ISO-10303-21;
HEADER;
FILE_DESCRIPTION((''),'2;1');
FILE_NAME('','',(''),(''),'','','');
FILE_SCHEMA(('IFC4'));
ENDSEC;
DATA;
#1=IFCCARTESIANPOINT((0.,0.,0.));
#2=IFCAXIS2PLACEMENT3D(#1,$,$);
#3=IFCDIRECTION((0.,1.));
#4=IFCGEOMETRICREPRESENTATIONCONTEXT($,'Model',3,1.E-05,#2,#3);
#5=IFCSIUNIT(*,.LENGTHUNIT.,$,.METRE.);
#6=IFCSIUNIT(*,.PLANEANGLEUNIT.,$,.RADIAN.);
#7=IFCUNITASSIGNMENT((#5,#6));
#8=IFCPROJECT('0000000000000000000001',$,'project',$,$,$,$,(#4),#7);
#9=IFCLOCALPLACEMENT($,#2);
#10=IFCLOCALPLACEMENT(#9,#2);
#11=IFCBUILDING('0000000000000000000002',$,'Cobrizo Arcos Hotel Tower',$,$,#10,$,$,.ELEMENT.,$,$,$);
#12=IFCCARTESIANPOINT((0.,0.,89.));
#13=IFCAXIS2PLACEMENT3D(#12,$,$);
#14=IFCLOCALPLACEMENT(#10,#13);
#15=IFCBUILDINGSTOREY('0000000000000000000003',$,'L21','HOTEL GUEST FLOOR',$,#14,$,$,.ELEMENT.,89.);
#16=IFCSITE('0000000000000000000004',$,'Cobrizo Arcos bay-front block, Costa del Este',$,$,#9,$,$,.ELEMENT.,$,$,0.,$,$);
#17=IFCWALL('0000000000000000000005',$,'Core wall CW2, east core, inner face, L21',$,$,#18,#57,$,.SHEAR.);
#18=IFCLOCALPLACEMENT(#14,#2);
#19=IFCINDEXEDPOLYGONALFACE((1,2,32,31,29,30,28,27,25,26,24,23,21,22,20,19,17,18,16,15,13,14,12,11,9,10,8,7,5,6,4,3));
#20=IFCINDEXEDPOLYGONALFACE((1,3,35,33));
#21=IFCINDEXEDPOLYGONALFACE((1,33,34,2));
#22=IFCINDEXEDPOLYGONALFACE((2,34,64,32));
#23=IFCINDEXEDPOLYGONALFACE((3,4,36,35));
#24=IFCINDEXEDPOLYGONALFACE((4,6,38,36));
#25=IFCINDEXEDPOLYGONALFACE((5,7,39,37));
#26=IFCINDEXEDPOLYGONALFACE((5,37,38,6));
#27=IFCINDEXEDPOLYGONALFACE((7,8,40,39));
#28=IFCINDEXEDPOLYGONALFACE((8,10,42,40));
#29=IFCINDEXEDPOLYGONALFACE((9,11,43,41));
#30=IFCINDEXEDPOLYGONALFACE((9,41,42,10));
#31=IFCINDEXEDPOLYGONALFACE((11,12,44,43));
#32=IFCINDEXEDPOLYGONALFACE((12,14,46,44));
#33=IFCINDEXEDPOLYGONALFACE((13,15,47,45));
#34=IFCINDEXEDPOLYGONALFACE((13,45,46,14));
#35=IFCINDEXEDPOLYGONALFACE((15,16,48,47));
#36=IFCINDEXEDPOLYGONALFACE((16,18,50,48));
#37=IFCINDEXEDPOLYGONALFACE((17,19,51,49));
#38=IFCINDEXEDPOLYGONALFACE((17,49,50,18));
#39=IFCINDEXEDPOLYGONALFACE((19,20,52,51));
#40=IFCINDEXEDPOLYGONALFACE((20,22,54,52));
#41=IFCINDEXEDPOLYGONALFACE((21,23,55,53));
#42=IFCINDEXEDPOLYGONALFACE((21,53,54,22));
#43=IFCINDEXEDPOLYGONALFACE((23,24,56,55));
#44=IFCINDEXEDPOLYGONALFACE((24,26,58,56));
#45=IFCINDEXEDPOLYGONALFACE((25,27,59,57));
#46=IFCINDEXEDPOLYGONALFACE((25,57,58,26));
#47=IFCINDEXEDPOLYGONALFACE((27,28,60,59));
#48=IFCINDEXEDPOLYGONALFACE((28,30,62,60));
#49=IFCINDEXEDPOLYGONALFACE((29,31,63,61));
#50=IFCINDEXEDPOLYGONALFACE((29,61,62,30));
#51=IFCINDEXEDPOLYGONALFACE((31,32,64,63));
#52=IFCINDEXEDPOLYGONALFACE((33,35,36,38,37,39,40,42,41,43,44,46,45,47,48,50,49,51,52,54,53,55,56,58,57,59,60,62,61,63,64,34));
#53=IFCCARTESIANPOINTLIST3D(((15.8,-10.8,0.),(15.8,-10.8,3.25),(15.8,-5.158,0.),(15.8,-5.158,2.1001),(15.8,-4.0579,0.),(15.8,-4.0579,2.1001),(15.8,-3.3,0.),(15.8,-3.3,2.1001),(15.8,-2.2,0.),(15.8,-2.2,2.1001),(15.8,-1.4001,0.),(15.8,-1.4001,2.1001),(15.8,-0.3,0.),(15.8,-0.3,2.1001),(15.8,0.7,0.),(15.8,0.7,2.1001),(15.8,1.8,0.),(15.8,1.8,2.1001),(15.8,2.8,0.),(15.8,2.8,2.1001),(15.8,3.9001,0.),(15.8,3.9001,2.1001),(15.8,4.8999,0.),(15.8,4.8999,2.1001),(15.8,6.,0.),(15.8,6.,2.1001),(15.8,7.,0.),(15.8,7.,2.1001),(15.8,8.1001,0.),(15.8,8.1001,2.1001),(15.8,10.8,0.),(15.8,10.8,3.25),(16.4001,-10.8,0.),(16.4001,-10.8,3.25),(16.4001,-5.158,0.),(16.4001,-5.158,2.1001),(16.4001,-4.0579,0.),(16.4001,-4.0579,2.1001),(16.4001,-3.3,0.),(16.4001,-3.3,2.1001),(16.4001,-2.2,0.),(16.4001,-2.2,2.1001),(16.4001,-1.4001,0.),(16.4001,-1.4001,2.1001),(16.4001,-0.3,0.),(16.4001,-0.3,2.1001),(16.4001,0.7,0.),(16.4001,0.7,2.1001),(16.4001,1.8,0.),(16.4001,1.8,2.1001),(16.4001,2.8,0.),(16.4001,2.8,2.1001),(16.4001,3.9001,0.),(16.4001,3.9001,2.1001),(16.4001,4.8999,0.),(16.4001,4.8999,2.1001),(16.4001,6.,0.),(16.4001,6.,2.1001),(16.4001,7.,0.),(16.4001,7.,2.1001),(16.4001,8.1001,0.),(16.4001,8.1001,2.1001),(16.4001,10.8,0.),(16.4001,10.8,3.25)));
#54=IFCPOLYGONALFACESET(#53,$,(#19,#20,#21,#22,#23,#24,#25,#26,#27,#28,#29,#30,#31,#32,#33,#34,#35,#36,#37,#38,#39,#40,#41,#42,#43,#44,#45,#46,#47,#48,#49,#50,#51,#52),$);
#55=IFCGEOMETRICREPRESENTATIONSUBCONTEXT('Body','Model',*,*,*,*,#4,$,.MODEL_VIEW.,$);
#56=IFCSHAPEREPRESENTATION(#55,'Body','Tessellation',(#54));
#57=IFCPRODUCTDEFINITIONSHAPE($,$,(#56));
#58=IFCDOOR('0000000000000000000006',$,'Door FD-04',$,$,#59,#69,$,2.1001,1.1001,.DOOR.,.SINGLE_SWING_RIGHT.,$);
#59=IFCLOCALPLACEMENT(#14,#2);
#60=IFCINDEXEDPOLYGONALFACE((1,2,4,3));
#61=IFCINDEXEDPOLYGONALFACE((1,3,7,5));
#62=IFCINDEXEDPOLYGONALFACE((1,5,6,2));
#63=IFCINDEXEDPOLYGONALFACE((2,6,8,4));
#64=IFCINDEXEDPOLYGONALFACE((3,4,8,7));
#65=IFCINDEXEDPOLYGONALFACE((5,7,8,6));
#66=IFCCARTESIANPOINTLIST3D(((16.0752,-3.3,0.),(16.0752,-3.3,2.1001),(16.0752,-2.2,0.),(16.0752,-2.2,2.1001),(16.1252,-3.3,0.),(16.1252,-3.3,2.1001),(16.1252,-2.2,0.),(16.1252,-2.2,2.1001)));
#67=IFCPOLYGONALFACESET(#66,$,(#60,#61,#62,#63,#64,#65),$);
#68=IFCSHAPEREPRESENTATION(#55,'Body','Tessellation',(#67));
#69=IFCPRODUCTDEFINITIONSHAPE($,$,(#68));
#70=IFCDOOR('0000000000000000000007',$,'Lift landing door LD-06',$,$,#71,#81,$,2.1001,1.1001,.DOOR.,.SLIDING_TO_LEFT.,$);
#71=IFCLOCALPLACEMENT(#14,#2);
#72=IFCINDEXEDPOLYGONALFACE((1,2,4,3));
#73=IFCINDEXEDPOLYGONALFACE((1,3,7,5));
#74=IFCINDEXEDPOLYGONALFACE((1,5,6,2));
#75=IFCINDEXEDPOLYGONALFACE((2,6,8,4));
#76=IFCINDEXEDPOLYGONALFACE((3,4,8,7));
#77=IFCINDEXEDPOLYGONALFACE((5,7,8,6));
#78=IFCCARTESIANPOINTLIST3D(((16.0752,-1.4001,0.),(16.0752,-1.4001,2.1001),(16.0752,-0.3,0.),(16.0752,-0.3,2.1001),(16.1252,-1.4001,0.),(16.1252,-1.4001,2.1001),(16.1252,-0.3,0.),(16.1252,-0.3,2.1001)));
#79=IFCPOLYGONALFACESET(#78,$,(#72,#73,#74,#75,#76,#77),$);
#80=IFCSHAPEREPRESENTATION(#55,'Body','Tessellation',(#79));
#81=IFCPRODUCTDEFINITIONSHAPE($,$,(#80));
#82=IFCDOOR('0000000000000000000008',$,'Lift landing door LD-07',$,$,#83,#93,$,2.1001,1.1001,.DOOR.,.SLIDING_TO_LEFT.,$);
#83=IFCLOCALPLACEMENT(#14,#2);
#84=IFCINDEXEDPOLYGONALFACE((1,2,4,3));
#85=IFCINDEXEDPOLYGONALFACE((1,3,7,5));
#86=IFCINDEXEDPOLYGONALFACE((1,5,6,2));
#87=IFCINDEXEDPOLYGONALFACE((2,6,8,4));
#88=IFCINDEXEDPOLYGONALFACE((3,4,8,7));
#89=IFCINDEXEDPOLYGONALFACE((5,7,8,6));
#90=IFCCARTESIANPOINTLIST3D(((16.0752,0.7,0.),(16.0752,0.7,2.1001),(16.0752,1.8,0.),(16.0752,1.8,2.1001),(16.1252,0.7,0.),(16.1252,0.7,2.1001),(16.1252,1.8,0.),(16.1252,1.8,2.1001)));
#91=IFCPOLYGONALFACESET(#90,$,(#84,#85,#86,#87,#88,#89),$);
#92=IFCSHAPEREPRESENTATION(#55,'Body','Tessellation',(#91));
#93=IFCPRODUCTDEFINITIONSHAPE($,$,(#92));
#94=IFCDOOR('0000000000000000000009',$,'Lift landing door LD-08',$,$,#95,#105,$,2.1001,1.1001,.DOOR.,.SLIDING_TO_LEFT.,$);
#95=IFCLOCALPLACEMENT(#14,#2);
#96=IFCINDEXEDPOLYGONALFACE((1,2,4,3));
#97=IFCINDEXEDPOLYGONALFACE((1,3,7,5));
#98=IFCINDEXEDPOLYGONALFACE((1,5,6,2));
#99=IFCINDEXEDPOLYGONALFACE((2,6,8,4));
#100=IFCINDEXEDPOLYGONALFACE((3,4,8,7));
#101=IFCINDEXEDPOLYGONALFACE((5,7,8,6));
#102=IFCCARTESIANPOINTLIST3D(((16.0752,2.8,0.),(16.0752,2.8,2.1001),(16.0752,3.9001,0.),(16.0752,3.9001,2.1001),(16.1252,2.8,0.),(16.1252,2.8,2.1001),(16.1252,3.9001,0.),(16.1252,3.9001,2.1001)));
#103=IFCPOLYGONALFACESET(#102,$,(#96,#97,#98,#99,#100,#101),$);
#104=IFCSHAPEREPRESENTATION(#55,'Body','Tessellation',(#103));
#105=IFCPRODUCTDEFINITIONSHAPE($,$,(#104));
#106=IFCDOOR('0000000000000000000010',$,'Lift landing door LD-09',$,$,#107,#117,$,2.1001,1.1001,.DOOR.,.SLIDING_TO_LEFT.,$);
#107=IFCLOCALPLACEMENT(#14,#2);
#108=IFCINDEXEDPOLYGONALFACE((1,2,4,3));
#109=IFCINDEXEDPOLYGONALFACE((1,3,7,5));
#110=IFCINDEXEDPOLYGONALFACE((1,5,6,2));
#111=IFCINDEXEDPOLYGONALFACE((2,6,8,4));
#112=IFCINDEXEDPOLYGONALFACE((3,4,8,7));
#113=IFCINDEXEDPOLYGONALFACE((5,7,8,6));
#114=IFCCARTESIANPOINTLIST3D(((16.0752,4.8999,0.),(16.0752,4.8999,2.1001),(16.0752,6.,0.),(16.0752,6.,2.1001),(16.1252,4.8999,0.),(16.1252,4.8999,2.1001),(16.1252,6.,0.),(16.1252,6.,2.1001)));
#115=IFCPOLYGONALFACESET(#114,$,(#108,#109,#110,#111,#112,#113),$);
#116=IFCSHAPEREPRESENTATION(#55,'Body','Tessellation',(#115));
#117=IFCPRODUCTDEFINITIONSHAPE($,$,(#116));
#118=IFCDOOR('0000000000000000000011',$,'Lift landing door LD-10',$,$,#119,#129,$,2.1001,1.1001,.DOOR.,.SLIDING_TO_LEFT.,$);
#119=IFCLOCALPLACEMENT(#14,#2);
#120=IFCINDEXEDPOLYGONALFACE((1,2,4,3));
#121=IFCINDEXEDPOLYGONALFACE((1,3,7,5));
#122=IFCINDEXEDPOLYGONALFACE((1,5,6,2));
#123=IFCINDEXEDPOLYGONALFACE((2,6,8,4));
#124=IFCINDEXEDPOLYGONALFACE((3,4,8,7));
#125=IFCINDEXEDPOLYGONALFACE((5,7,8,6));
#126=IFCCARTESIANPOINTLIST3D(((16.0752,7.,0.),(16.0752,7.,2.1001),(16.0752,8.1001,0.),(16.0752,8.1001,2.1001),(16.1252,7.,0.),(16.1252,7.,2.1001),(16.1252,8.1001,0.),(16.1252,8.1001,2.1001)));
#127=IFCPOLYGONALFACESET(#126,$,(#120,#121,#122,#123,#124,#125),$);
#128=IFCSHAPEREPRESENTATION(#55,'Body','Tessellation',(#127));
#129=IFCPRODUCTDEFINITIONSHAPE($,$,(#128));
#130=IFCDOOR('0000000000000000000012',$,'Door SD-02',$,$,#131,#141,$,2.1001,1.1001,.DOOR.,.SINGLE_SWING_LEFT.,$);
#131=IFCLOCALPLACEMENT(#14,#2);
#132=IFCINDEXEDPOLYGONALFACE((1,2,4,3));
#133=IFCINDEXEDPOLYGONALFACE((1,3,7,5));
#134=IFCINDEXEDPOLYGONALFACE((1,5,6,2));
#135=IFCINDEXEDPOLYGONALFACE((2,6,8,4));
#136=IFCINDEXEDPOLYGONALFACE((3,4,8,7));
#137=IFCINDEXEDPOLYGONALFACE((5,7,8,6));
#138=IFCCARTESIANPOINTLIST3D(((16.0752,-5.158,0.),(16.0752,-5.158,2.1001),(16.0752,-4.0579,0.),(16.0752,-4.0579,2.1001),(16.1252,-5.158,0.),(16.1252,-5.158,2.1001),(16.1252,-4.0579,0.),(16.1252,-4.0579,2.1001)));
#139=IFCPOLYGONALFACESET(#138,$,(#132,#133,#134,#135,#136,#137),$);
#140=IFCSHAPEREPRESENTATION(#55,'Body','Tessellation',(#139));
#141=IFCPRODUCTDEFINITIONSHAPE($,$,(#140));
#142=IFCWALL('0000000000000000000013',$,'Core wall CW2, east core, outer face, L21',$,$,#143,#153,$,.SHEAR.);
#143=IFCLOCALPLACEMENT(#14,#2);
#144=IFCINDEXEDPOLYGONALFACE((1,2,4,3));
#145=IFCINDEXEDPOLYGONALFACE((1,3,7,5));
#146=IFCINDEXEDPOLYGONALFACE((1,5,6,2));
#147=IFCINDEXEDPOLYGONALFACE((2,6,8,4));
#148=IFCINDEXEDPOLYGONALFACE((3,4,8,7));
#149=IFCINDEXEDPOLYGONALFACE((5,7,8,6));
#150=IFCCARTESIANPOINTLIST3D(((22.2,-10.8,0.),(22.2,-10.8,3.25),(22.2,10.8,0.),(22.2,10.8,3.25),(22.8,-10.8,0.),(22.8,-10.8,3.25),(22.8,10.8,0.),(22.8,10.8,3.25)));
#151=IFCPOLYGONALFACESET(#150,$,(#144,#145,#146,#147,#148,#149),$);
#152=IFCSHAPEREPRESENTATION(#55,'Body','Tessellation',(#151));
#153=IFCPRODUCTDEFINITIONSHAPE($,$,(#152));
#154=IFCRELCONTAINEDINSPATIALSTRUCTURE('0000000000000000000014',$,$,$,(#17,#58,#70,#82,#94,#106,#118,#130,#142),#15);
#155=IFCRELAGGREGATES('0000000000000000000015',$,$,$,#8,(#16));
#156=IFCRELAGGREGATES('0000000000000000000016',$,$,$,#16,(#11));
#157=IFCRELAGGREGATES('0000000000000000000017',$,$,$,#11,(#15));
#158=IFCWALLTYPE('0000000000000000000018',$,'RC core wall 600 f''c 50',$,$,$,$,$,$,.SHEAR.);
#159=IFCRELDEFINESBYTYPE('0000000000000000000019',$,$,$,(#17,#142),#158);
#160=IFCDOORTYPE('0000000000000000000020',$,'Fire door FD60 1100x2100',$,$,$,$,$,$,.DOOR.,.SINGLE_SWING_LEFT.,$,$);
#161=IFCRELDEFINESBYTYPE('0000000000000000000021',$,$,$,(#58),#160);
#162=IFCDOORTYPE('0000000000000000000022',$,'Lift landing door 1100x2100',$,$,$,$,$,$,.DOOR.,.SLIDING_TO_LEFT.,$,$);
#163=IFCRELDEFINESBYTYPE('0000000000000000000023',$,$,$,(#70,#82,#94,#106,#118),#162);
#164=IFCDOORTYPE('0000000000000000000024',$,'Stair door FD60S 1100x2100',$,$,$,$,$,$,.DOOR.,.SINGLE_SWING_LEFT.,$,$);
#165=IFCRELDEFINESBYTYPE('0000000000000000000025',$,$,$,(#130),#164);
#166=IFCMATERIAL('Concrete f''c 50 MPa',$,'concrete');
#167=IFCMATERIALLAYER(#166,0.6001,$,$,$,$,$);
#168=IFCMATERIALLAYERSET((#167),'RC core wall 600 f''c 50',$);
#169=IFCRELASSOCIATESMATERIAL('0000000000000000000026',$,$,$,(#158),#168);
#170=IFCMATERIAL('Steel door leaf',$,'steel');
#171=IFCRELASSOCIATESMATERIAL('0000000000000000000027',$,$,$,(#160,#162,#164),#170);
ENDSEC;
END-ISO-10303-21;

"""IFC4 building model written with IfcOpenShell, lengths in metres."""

from ifc_helpers import new_model, si_unit, direction, frame, frame_2d, origin, place, context, subcontext, project, spatial, rectangle, extrude, material, layer, layer_set, type_object, element, fill, save


model = new_model("IFC4")

# Units and contexts
model_context = context("Model", 3, precision=1e-05, world=origin(), true_north=direction((0.0, 1.0)))
body_context = subcontext(model_context, "Body", "Model", "MODEL_VIEW")
ifc_project = project(units=[si_unit("LENGTHUNIT", "METRE"), si_unit("PLANEANGLEUNIT", "RADIAN")], contexts=[model_context])

# Site, building, storey
site_placement = place(None, origin())
site = spatial("IfcSite", under=ifc_project, at=site_placement, Name="Cobrizo Arcos bay-front block, Costa del Este", CompositionType="ELEMENT", RefElevation=0.0)
building_placement = place(site_placement, origin())
building = spatial("IfcBuilding", under=site, at=building_placement, Name="Cobrizo Arcos Hotel Tower", CompositionType="ELEMENT")
storey_placement = place(building_placement, frame((0.0, 0.0, 89.0)))
storey = spatial("IfcBuildingStorey", under=building, at=storey_placement, Name="L21", Description="HOTEL GUEST FLOOR", CompositionType="ELEMENT", Elevation=89.0)

# Wall, openings, doors
ifc_material_1 = material(Name="Concrete f'c 50 MPa", Category="concrete")
ifc_layer_1 = layer(ifc_material_1, 0.6001)
ifc_layer_set_1 = layer_set([ifc_layer_1], Name="RC core wall 600 f'c 50")
wall_type_1 = type_object("IfcWallType", Name="RC core wall 600 f'c 50", PredefinedType="SHEAR", material=ifc_layer_set_1)
wall_1_placement = place(storey_placement, frame((16.1001, -10.8, 0.0), z_axis=(0.0, 0.0, 1.0), x_axis=(0.0, 1.0, 0.0)))
wall_1 = element("IfcWall", 1, at=wall_1_placement, inside=storey, type_object=wall_type_1, Name="Core wall CW2, east core, inner face, L21", PredefinedType="SHEAR", context=body_context, shape_type="SweptSolid", body=[
    extrude(rectangle(XDim=21.6001, YDim=0.6001, at=frame_2d((10.8, 0.0))), origin(), (0.0, 0.0, 1.0), 3.25),
])
opening_1_placement = place(wall_1_placement, frame((9.3999, 0.0, 0.0)))
opening_1 = element("IfcOpeningElement", 2, at=opening_1_placement, cuts=wall_1, PredefinedType="OPENING", context=body_context, shape_type="SweptSolid", body=[
    extrude(rectangle(XDim=1.1001, YDim=2.1001, at=frame_2d((0.55, 1.05))), frame((0.0, 0.312, 0.0), z_axis=(0.0, -1.0, 0.0), x_axis=(1.0, 0.0, 0.0)), (0.0, 0.0, 1.0), 0.624),
])
opening_2_placement = place(wall_1_placement, frame((11.5, 0.0, 0.0)))
opening_2 = element("IfcOpeningElement", 3, at=opening_2_placement, cuts=wall_1, PredefinedType="OPENING", context=body_context, shape_type="SweptSolid", body=[
    extrude(rectangle(XDim=1.1001, YDim=2.1001, at=frame_2d((0.55, 1.05))), frame((0.0, 0.312, 0.0), z_axis=(0.0, -1.0, 0.0), x_axis=(1.0, 0.0, 0.0)), (0.0, 0.0, 1.0), 0.624),
])
opening_3_placement = place(wall_1_placement, frame((13.6001, 0.0, 0.0)))
opening_3 = element("IfcOpeningElement", 4, at=opening_3_placement, cuts=wall_1, PredefinedType="OPENING", context=body_context, shape_type="SweptSolid", body=[
    extrude(rectangle(XDim=1.1001, YDim=2.1001, at=frame_2d((0.55, 1.05))), frame((0.0, 0.312, 0.0), z_axis=(0.0, -1.0, 0.0), x_axis=(1.0, 0.0, 0.0)), (0.0, 0.0, 1.0), 0.624),
])
opening_4_placement = place(wall_1_placement, frame((15.7, 0.0, 0.0)))
opening_4 = element("IfcOpeningElement", 5, at=opening_4_placement, cuts=wall_1, PredefinedType="OPENING", context=body_context, shape_type="SweptSolid", body=[
    extrude(rectangle(XDim=1.1001, YDim=2.1001, at=frame_2d((0.55, 1.05))), frame((0.0, 0.312, 0.0), z_axis=(0.0, -1.0, 0.0), x_axis=(1.0, 0.0, 0.0)), (0.0, 0.0, 1.0), 0.624),
])
opening_5_placement = place(wall_1_placement, frame((17.8, 0.0, 0.0)))
opening_5 = element("IfcOpeningElement", 6, at=opening_5_placement, cuts=wall_1, PredefinedType="OPENING", context=body_context, shape_type="SweptSolid", body=[
    extrude(rectangle(XDim=1.1001, YDim=2.1001, at=frame_2d((0.55, 1.05))), frame((0.0, 0.312, 0.0), z_axis=(0.0, -1.0, 0.0), x_axis=(1.0, 0.0, 0.0)), (0.0, 0.0, 1.0), 0.624),
])
opening_6_placement = place(wall_1_placement, frame((5.6421, 0.0, 0.0)))
opening_6 = element("IfcOpeningElement", 7, at=opening_6_placement, cuts=wall_1, PredefinedType="OPENING", context=body_context, shape_type="SweptSolid", body=[
    extrude(rectangle(XDim=1.1001, YDim=2.1001, at=frame_2d((0.55, 1.05))), frame((0.0, 0.312, 0.0), z_axis=(0.0, -1.0, 0.0), x_axis=(1.0, 0.0, 0.0)), (0.0, 0.0, 1.0), 0.624),
])
opening_7_placement = place(wall_1_placement, frame((7.5, 0.0, 0.0)))
opening_7 = element("IfcOpeningElement", 8, at=opening_7_placement, cuts=wall_1, PredefinedType="OPENING", context=body_context, shape_type="SweptSolid", body=[
    extrude(rectangle(XDim=1.1001, YDim=2.1001, at=frame_2d((0.55, 1.05))), frame((0.0, 0.312, 0.0), z_axis=(0.0, -1.0, 0.0), x_axis=(1.0, 0.0, 0.0)), (0.0, 0.0, 1.0), 0.624),
])
ifc_material_2 = material(Name="Steel door leaf", Category="steel")
door_type_1 = type_object("IfcDoorType", Name="Fire door FD60 1100x2100", OperationType="SINGLE_SWING_LEFT", PredefinedType="DOOR", material=ifc_material_2)
door_1_placement = place(opening_7_placement, origin())
door_1 = element("IfcDoor", 9, at=door_1_placement, inside=storey, type_object=door_type_1, Name="Door FD-04", OperationType="SINGLE_SWING_RIGHT", OverallHeight=2.1001, OverallWidth=1.1001, PredefinedType="DOOR", context=body_context, shape_type="SweptSolid", body=[
    extrude(rectangle(XDim=1.1001, YDim=2.1001, at=frame_2d((0.55, 1.05))), frame((0.0, 0.0249, 0.0), z_axis=(0.0, -1.0, 0.0), x_axis=(1.0, 0.0, 0.0)), (0.0, 0.0, 1.0), 0.05),
])
fill(opening_7, door_1)
door_type_2 = type_object("IfcDoorType", Name="Lift landing door 1100x2100", OperationType="SLIDING_TO_LEFT", PredefinedType="DOOR", material=ifc_material_2)
door_2_placement = place(opening_1_placement, origin())
door_2 = element("IfcDoor", 10, at=door_2_placement, inside=storey, type_object=door_type_2, Name="Lift landing door LD-06", OperationType="SLIDING_TO_LEFT", OverallHeight=2.1001, OverallWidth=1.1001, PredefinedType="DOOR", context=body_context, shape_type="SweptSolid", body=[
    extrude(rectangle(XDim=1.1001, YDim=2.1001, at=frame_2d((0.55, 1.05))), frame((0.0, 0.0249, 0.0), z_axis=(0.0, -1.0, 0.0), x_axis=(1.0, 0.0, 0.0)), (0.0, 0.0, 1.0), 0.05),
])
fill(opening_1, door_2)
door_3_placement = place(opening_2_placement, origin())
door_3 = element("IfcDoor", 11, at=door_3_placement, inside=storey, type_object=door_type_2, Name="Lift landing door LD-07", OperationType="SLIDING_TO_LEFT", OverallHeight=2.1001, OverallWidth=1.1001, PredefinedType="DOOR", context=body_context, shape_type="SweptSolid", body=[
    extrude(rectangle(XDim=1.1001, YDim=2.1001, at=frame_2d((0.55, 1.05))), frame((0.0, 0.0249, 0.0), z_axis=(0.0, -1.0, 0.0), x_axis=(1.0, 0.0, 0.0)), (0.0, 0.0, 1.0), 0.05),
])
fill(opening_2, door_3)
door_4_placement = place(opening_3_placement, origin())
door_4 = element("IfcDoor", 12, at=door_4_placement, inside=storey, type_object=door_type_2, Name="Lift landing door LD-08", OperationType="SLIDING_TO_LEFT", OverallHeight=2.1001, OverallWidth=1.1001, PredefinedType="DOOR", context=body_context, shape_type="SweptSolid", body=[
    extrude(rectangle(XDim=1.1001, YDim=2.1001, at=frame_2d((0.55, 1.05))), frame((0.0, 0.0249, 0.0), z_axis=(0.0, -1.0, 0.0), x_axis=(1.0, 0.0, 0.0)), (0.0, 0.0, 1.0), 0.05),
])
fill(opening_3, door_4)
door_5_placement = place(opening_4_placement, origin())
door_5 = element("IfcDoor", 13, at=door_5_placement, inside=storey, type_object=door_type_2, Name="Lift landing door LD-09", OperationType="SLIDING_TO_LEFT", OverallHeight=2.1001, OverallWidth=1.1001, PredefinedType="DOOR", context=body_context, shape_type="SweptSolid", body=[
    extrude(rectangle(XDim=1.1001, YDim=2.1001, at=frame_2d((0.55, 1.05))), frame((0.0, 0.0249, 0.0), z_axis=(0.0, -1.0, 0.0), x_axis=(1.0, 0.0, 0.0)), (0.0, 0.0, 1.0), 0.05),
])
fill(opening_4, door_5)
door_6_placement = place(opening_5_placement, origin())
door_6 = element("IfcDoor", 14, at=door_6_placement, inside=storey, type_object=door_type_2, Name="Lift landing door LD-10", OperationType="SLIDING_TO_LEFT", OverallHeight=2.1001, OverallWidth=1.1001, PredefinedType="DOOR", context=body_context, shape_type="SweptSolid", body=[
    extrude(rectangle(XDim=1.1001, YDim=2.1001, at=frame_2d((0.55, 1.05))), frame((0.0, 0.0249, 0.0), z_axis=(0.0, -1.0, 0.0), x_axis=(1.0, 0.0, 0.0)), (0.0, 0.0, 1.0), 0.05),
])
fill(opening_5, door_6)
door_type_3 = type_object("IfcDoorType", Name="Stair door FD60S 1100x2100", OperationType="SINGLE_SWING_LEFT", PredefinedType="DOOR", material=ifc_material_2)
door_7_placement = place(opening_6_placement, origin())
door_7 = element("IfcDoor", 15, at=door_7_placement, inside=storey, type_object=door_type_3, Name="Door SD-02", OperationType="SINGLE_SWING_LEFT", OverallHeight=2.1001, OverallWidth=1.1001, PredefinedType="DOOR", context=body_context, shape_type="SweptSolid", body=[
    extrude(rectangle(XDim=1.1001, YDim=2.1001, at=frame_2d((0.55, 1.05))), frame((0.0, 0.0249, 0.0), z_axis=(0.0, -1.0, 0.0), x_axis=(1.0, 0.0, 0.0)), (0.0, 0.0, 1.0), 0.05),
])
fill(opening_6, door_7)

# Wall
wall_2_placement = place(storey_placement, frame((22.5, -10.8, 0.0), z_axis=(0.0, 0.0, 1.0), x_axis=(0.0, 1.0, 0.0)))
element("IfcWall", 16, at=wall_2_placement, inside=storey, type_object=wall_type_1, Name="Core wall CW2, east core, outer face, L21", PredefinedType="SHEAR", context=body_context, shape_type="SweptSolid", body=[
    extrude(rectangle(XDim=21.6001, YDim=0.6001, at=frame_2d((10.8, 0.0))), origin(), (0.0, 0.0, 1.0), 3.25),
])

save(model, "model.ifc")
